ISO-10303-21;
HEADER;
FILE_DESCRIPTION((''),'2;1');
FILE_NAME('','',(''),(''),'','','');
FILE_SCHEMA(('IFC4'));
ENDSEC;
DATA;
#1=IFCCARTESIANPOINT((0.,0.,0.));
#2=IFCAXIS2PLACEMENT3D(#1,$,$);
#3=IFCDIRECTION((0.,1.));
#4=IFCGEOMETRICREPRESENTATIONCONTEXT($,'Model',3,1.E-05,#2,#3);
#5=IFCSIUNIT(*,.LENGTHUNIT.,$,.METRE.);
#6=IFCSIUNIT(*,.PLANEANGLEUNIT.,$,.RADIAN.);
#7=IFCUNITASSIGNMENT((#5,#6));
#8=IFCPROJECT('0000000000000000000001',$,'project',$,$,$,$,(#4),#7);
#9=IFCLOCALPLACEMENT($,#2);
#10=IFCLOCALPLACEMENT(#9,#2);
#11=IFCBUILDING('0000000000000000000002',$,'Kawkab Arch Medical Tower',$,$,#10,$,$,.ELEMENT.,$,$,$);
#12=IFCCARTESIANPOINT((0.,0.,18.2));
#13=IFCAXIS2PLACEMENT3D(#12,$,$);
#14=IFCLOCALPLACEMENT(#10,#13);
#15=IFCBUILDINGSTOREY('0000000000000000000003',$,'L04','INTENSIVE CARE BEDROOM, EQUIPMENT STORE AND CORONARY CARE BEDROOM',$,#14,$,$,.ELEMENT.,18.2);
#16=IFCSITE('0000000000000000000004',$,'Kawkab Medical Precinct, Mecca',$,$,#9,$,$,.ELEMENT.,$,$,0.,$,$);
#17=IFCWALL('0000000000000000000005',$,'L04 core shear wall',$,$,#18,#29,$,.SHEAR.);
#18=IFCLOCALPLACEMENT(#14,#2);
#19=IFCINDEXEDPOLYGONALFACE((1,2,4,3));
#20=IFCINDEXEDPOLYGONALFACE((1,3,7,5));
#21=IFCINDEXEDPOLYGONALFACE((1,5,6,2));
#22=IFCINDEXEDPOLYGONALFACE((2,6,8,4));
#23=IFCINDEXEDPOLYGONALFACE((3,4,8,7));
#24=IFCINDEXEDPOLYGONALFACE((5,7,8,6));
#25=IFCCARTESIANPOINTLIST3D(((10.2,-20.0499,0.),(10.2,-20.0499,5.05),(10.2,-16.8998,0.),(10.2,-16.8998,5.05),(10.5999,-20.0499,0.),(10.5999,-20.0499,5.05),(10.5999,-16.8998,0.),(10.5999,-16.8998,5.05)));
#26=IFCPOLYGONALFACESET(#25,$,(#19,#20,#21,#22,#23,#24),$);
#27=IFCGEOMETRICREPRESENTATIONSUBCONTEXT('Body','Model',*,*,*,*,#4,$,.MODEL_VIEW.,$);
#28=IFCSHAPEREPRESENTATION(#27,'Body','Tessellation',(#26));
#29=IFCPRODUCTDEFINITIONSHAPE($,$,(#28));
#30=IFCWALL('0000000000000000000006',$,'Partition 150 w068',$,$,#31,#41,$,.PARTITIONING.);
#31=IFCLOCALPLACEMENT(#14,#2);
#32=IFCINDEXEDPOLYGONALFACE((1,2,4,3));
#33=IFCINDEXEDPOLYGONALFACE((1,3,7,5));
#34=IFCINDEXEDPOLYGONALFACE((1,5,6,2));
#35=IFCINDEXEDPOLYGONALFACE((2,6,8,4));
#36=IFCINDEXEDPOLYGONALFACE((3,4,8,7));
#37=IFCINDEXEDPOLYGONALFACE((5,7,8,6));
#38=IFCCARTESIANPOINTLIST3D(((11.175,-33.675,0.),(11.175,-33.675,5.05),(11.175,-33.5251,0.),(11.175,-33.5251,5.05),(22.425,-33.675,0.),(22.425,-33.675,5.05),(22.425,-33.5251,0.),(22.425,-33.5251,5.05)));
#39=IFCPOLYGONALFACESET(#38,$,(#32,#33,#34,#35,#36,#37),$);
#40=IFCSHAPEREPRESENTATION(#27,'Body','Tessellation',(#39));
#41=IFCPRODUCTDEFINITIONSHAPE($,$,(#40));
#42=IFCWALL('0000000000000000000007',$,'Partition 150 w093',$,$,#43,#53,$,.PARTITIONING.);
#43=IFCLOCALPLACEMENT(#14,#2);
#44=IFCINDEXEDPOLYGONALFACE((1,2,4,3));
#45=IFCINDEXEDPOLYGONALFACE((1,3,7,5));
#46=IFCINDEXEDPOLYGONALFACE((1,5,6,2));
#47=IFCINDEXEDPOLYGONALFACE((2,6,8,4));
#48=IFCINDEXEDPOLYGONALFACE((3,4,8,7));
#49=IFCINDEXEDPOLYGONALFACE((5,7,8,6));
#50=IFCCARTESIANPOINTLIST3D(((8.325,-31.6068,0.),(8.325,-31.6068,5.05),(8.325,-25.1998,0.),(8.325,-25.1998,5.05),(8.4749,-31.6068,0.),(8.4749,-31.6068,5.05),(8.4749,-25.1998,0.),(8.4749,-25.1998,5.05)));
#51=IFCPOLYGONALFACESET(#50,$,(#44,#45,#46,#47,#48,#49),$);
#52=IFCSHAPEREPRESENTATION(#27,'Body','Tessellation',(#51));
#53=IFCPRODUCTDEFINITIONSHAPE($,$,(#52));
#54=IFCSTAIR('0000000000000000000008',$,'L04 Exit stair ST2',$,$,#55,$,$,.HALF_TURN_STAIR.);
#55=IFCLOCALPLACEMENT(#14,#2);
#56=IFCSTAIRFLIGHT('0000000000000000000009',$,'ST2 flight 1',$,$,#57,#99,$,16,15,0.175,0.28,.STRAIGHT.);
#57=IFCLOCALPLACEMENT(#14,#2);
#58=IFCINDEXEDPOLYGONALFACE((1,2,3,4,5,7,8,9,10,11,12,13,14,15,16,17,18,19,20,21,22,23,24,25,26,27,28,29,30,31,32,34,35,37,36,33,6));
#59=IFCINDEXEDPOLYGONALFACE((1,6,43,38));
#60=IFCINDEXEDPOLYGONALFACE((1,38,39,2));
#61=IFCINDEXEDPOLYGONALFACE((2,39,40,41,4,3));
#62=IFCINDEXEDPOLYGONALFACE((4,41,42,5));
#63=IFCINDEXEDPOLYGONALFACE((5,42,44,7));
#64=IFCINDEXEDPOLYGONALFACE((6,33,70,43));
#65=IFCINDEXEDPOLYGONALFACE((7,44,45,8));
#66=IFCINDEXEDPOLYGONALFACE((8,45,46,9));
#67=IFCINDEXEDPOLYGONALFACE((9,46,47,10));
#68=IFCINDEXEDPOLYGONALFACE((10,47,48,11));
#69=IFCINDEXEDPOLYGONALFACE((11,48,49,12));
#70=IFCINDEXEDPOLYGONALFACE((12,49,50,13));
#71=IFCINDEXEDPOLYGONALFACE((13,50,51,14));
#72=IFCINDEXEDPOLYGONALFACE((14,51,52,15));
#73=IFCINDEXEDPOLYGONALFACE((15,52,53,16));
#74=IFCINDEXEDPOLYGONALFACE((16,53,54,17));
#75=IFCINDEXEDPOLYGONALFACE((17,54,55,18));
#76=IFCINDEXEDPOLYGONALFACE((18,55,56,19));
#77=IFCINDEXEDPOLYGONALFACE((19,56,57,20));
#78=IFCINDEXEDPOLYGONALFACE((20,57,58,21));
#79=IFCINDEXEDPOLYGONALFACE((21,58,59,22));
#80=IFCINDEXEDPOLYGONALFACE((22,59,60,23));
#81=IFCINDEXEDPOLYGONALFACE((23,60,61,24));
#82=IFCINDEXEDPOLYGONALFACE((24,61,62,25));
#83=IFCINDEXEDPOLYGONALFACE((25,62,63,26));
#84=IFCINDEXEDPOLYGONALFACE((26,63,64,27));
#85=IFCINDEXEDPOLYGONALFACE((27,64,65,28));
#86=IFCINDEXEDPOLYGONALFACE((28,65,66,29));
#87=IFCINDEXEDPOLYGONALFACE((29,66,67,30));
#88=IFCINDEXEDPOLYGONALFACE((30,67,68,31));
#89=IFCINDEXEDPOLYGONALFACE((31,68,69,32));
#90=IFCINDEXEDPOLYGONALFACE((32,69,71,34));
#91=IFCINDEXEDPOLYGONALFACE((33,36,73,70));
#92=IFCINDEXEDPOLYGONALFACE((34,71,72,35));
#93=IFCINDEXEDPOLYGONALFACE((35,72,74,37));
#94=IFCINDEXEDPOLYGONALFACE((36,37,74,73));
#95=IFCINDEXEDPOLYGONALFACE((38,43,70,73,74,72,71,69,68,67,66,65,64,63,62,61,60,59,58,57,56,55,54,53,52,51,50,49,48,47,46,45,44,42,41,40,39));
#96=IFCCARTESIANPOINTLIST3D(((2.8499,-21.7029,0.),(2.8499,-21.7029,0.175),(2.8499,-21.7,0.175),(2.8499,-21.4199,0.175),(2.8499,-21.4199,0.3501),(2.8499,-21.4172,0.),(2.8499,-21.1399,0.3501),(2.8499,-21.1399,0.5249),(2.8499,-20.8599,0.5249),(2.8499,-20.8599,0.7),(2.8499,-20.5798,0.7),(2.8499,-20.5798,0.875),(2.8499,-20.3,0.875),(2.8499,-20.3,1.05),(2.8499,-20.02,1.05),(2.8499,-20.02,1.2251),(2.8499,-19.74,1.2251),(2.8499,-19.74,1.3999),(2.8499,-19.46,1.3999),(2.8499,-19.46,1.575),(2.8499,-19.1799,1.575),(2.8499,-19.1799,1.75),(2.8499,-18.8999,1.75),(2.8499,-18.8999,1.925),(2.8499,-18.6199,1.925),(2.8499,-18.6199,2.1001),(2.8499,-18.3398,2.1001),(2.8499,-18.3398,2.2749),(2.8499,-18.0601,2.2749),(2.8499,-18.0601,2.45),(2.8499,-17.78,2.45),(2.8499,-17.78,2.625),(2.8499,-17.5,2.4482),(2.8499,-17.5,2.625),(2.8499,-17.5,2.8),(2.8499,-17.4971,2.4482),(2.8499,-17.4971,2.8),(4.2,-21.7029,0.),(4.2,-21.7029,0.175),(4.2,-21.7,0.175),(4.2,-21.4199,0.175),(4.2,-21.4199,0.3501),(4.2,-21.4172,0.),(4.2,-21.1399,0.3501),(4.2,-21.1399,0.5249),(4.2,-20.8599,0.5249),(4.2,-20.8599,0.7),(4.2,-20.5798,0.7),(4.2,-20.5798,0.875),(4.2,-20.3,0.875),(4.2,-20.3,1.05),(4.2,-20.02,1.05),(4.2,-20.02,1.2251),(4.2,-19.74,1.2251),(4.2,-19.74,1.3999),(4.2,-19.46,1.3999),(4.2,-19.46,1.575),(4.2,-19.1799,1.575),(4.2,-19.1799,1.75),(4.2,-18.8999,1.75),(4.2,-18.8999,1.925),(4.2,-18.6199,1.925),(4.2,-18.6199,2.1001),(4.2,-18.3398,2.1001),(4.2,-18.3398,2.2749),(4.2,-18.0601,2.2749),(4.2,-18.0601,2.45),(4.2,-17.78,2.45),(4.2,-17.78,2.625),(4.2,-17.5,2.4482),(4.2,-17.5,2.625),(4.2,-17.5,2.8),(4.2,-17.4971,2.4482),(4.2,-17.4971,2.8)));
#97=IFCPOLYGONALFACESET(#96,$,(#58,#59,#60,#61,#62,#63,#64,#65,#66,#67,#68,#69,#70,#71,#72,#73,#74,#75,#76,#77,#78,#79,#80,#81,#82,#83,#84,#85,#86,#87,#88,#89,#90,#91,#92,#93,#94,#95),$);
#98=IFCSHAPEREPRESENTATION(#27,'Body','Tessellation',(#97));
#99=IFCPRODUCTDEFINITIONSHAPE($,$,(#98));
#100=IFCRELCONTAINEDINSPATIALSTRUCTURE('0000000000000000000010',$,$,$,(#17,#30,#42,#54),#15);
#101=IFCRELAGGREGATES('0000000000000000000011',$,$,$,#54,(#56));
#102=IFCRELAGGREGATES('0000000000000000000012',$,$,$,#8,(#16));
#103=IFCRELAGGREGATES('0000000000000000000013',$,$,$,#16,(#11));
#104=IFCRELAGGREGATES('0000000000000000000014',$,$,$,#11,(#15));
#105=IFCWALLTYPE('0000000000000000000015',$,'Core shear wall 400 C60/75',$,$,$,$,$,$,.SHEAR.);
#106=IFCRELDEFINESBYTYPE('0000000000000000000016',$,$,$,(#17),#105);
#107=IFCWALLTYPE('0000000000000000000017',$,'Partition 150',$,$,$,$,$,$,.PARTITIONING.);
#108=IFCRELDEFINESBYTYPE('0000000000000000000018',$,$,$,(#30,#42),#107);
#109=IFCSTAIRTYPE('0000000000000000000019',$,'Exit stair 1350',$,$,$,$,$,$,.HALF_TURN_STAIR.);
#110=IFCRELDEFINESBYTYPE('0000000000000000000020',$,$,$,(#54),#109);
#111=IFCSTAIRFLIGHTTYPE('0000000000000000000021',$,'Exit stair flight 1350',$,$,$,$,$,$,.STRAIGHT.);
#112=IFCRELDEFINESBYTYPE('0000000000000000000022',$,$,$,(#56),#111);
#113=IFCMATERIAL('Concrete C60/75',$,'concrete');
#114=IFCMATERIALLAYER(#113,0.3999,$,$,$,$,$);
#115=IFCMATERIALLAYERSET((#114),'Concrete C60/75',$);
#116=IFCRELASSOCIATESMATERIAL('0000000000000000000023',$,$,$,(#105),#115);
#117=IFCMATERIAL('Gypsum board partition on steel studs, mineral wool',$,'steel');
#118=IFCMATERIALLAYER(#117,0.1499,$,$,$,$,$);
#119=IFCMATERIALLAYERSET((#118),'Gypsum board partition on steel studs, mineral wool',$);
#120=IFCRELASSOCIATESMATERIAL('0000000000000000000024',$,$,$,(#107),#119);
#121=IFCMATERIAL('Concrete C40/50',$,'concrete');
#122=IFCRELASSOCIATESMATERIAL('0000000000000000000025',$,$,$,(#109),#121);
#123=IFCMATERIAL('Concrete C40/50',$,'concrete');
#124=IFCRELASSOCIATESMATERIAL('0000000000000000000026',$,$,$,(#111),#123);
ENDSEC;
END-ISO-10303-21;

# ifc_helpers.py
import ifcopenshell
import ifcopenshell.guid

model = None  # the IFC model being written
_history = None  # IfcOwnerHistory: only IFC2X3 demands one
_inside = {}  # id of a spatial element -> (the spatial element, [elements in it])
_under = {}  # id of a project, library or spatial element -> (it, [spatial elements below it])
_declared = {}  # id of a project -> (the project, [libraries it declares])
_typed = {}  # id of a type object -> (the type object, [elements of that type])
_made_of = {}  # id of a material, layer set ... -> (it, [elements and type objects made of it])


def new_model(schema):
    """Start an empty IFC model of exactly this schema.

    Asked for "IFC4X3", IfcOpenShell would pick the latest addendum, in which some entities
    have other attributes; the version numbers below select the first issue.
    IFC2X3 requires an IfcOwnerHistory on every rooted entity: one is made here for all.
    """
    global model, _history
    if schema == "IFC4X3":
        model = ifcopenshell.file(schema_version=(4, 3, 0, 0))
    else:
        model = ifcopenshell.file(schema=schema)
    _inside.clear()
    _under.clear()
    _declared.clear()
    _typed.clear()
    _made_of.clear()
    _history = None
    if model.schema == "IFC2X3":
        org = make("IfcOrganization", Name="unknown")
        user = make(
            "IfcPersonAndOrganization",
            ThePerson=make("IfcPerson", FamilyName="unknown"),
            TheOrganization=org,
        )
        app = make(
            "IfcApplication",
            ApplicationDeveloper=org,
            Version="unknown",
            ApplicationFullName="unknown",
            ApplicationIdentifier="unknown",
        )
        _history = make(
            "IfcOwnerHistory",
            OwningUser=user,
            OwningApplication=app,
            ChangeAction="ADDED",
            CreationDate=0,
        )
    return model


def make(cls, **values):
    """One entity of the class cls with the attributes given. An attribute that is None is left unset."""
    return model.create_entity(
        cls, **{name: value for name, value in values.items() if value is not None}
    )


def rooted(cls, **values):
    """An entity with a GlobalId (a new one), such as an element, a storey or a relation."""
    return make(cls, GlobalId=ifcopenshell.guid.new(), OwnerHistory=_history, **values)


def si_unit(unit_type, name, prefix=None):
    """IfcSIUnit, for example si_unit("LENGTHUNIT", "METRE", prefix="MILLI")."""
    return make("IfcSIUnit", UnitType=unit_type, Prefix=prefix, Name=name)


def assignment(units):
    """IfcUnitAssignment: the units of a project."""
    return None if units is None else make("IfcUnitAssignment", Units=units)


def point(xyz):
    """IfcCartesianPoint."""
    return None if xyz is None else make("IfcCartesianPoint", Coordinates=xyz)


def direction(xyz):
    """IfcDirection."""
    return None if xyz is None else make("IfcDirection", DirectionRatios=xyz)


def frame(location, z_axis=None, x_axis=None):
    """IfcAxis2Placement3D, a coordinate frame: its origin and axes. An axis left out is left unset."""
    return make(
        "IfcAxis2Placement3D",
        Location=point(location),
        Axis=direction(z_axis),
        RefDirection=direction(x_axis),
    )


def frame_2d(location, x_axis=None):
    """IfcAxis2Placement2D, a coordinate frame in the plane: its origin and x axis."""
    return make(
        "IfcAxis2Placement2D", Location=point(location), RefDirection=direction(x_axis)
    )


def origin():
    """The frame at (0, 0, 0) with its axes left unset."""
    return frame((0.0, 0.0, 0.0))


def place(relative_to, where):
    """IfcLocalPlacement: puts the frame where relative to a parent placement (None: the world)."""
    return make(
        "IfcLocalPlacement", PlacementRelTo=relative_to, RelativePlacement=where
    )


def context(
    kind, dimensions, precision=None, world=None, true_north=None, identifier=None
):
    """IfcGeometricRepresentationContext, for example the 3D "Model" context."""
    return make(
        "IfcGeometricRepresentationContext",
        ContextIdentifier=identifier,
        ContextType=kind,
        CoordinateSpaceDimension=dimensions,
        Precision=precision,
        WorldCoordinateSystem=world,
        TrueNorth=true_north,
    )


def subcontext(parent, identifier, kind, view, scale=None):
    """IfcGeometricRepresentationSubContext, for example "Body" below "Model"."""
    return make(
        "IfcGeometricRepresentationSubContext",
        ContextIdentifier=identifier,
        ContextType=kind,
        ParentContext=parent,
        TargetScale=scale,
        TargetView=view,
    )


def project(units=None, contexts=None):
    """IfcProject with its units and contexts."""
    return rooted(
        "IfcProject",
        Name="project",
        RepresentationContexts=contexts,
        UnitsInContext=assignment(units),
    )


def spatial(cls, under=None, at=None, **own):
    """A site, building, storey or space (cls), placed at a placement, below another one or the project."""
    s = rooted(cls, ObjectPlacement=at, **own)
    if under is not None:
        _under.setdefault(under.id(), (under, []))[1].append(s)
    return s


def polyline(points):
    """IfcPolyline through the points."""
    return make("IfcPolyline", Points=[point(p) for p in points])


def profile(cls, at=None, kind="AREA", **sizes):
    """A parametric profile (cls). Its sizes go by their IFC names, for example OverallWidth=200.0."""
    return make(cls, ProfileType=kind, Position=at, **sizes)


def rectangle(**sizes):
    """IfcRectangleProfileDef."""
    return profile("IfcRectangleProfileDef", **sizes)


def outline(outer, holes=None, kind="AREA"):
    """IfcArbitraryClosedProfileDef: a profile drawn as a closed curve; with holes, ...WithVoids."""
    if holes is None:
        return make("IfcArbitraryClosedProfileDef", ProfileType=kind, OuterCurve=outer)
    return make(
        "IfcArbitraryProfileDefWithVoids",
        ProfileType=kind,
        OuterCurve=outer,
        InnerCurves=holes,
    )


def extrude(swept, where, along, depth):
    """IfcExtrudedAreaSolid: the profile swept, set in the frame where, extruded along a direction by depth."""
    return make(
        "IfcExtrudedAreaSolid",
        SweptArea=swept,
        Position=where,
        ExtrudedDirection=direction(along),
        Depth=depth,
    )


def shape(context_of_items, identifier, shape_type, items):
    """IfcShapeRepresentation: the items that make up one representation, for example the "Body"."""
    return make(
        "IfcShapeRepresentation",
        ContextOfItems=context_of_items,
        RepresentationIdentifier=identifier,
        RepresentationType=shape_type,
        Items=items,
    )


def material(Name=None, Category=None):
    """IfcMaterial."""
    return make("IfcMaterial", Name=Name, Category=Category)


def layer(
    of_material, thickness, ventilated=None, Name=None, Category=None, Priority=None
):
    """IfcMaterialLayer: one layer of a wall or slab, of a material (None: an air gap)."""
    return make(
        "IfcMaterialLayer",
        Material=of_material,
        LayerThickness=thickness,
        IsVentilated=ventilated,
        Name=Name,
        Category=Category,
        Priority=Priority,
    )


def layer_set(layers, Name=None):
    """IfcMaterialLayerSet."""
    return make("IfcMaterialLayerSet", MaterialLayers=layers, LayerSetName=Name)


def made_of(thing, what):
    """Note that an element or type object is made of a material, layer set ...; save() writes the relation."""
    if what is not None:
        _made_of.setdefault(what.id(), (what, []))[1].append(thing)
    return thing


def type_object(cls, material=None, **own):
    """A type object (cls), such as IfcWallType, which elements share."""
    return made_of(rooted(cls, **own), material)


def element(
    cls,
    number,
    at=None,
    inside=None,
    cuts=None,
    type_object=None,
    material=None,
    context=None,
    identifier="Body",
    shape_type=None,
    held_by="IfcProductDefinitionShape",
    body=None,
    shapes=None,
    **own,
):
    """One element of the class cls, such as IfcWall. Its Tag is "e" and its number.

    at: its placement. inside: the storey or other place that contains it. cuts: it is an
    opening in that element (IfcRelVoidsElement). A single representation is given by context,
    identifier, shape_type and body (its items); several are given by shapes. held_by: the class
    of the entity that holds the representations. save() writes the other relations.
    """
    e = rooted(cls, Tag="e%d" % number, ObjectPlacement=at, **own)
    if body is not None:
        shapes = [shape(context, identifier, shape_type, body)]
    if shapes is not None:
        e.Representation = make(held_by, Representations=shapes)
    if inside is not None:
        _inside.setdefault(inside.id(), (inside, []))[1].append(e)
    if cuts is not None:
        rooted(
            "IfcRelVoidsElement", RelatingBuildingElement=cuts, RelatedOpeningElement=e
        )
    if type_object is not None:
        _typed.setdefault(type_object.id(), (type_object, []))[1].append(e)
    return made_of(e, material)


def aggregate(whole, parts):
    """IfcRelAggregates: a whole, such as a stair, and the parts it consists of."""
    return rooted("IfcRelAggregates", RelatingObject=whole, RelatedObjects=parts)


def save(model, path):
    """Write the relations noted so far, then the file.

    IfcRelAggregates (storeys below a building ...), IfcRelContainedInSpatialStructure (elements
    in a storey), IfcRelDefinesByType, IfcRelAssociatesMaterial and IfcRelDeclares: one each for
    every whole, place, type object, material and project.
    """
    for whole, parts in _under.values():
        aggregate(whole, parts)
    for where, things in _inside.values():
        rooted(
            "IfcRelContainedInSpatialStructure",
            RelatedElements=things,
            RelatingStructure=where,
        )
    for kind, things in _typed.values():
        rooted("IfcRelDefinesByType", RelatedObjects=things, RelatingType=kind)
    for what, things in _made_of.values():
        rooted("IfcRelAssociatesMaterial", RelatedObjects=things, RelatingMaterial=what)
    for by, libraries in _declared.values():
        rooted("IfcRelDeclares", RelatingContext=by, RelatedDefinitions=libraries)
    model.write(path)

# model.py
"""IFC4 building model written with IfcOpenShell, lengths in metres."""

from ifc_helpers import new_model, si_unit, direction, frame, frame_2d, origin, place, context, subcontext, project, spatial, polyline, rectangle, outline, extrude, material, layer, layer_set, type_object, element, aggregate, save


model = new_model("IFC4")

# Units and contexts
model_context = context("Model", 3, precision=1e-05, world=origin(), true_north=direction((0.0, 1.0)))
body_context = subcontext(model_context, "Body", "Model", "MODEL_VIEW")
ifc_project = project(units=[si_unit("LENGTHUNIT", "METRE"), si_unit("PLANEANGLEUNIT", "RADIAN")], contexts=[model_context])

# Site, building, storey
site_placement = place(None, origin())
site = spatial("IfcSite", under=ifc_project, at=site_placement, Name="Kawkab Medical Precinct, Mecca", CompositionType="ELEMENT", RefElevation=0.0)
building_placement = place(site_placement, origin())
building = spatial("IfcBuilding", under=site, at=building_placement, Name="Kawkab Arch Medical Tower", CompositionType="ELEMENT")
storey_placement = place(building_placement, frame((0.0, 0.0, 18.2)))
storey = spatial("IfcBuildingStorey", under=building, at=storey_placement, Name="L04", Description="INTENSIVE CARE BEDROOM, EQUIPMENT STORE AND CORONARY CARE BEDROOM", CompositionType="ELEMENT", Elevation=18.2)

# Shared definitions
ifc_material_1 = material(Name="Concrete C60/75", Category="concrete")
ifc_layer_1 = layer(ifc_material_1, 0.3999)
ifc_layer_set_1 = layer_set([ifc_layer_1], Name="Concrete C60/75")
wall_type_1 = type_object("IfcWallType", Name="Core shear wall 400 C60/75", PredefinedType="SHEAR", material=ifc_layer_set_1)

# Walls
wall_1_placement = place(storey_placement, frame((10.3999, -20.05, 0.0), z_axis=(0.0, 0.0, 1.0), x_axis=(0.0, 1.0, 0.0)))
element("IfcWall", 1, at=wall_1_placement, inside=storey, type_object=wall_type_1, Name="L04 core shear wall", PredefinedType="SHEAR", context=body_context, shape_type="SweptSolid", body=[
    extrude(rectangle(XDim=3.1501, YDim=0.3999, at=frame_2d((1.5752, 0.0))), origin(), (0.0, 0.0, 1.0), 5.05),
])
ifc_material_2 = material(Name="Gypsum board partition on steel studs, mineral wool", Category="steel")
ifc_layer_2 = layer(ifc_material_2, 0.1499)
ifc_layer_set_2 = layer_set([ifc_layer_2], Name="Gypsum board partition on steel studs, mineral wool")
wall_type_2 = type_object("IfcWallType", Name="Partition 150", PredefinedType="PARTITIONING", material=ifc_layer_set_2)
wall_2_placement = place(storey_placement, frame((11.175, -33.6001, 0.0), z_axis=(0.0, 0.0, 1.0), x_axis=(1.0, 0.0, 0.0)))
element("IfcWall", 2, at=wall_2_placement, inside=storey, type_object=wall_type_2, Name="Partition 150 w068", PredefinedType="PARTITIONING", context=body_context, shape_type="SweptSolid", body=[
    extrude(rectangle(XDim=11.25, YDim=0.1499, at=frame_2d((5.625, 0.0))), origin(), (0.0, 0.0, 1.0), 5.05),
])
wall_3_placement = place(storey_placement, frame((8.3999, -31.6069, 0.0), z_axis=(0.0, 0.0, 1.0), x_axis=(0.0, 1.0, 0.0)))
element("IfcWall", 3, at=wall_3_placement, inside=storey, type_object=wall_type_2, Name="Partition 150 w093", PredefinedType="PARTITIONING", context=body_context, shape_type="SweptSolid", body=[
    extrude(rectangle(XDim=6.407, YDim=0.1499, at=frame_2d((3.2036, 0.0))), origin(), (0.0, 0.0, 1.0), 5.05),
])

# Stair, stair flight
ifc_material_3 = material(Name="Concrete C40/50", Category="concrete")
stair_type = type_object("IfcStairType", Name="Exit stair 1350", PredefinedType="HALF_TURN_STAIR", material=ifc_material_3)
stair_placement = place(storey_placement, origin())
stair = element("IfcStair", 4, at=stair_placement, inside=storey, type_object=stair_type, Name="L04 Exit stair ST2", PredefinedType="HALF_TURN_STAIR")
ifc_material_4 = material(Name="Concrete C40/50", Category="concrete")
stair_flight_type = type_object("IfcStairFlightType", Name="Exit stair flight 1350", PredefinedType="STRAIGHT", material=ifc_material_4)
stair_flight_placement = place(storey_placement, frame((3.5249, -21.7, 0.0), z_axis=(0.0, 0.0, 1.0), x_axis=(0.0, 1.0, 0.0)))
stair_flight = element("IfcStairFlight", 5, at=stair_flight_placement, type_object=stair_flight_type, Name="ST2 flight 1", NumberOfRisers=16, NumberOfTreads=15, PredefinedType="STRAIGHT", RiserHeight=0.175, TreadLength=0.28, context=body_context, shape_type="SweptSolid", body=[
    extrude(outline(polyline([(-0.0029, 0.0), (-0.0029, 0.175), (0.0, 0.175), (0.28, 0.175), (0.28, 0.3501), (0.5601, 0.3501), (0.5601, 0.5249), (0.8401, 0.5249), (0.8401, 0.7), (1.1201, 0.7), (1.1201, 0.875), (1.3999, 0.875), (1.3999, 1.05), (1.6799, 1.05), (1.6799, 1.2251), (1.96, 1.2251), (1.96, 1.3999), (2.24, 1.3999), (2.24, 1.575), (2.52, 1.575), (2.52, 1.75), (2.8, 1.75), (2.8, 1.925), (3.0801, 1.925), (3.0801, 2.1001), (3.3601, 2.1001), (3.3601, 2.2749), (3.6399, 2.2749), (3.6399, 2.45), (3.9199, 2.45), (3.9199, 2.625), (4.2, 2.625), (4.2, 2.8), (4.2029, 2.8), (4.2029, 2.4482), (4.2, 2.4482), (0.2827, 0.0), (-0.0029, 0.0)])), frame((0.0, 0.675, 0.0), z_axis=(0.0, -1.0, 0.0), x_axis=(1.0, 0.0, 0.0)), (0.0, 0.0, 1.0), 1.3501),
])
aggregate(stair, [stair_flight])

save(model, "model.ifc")
